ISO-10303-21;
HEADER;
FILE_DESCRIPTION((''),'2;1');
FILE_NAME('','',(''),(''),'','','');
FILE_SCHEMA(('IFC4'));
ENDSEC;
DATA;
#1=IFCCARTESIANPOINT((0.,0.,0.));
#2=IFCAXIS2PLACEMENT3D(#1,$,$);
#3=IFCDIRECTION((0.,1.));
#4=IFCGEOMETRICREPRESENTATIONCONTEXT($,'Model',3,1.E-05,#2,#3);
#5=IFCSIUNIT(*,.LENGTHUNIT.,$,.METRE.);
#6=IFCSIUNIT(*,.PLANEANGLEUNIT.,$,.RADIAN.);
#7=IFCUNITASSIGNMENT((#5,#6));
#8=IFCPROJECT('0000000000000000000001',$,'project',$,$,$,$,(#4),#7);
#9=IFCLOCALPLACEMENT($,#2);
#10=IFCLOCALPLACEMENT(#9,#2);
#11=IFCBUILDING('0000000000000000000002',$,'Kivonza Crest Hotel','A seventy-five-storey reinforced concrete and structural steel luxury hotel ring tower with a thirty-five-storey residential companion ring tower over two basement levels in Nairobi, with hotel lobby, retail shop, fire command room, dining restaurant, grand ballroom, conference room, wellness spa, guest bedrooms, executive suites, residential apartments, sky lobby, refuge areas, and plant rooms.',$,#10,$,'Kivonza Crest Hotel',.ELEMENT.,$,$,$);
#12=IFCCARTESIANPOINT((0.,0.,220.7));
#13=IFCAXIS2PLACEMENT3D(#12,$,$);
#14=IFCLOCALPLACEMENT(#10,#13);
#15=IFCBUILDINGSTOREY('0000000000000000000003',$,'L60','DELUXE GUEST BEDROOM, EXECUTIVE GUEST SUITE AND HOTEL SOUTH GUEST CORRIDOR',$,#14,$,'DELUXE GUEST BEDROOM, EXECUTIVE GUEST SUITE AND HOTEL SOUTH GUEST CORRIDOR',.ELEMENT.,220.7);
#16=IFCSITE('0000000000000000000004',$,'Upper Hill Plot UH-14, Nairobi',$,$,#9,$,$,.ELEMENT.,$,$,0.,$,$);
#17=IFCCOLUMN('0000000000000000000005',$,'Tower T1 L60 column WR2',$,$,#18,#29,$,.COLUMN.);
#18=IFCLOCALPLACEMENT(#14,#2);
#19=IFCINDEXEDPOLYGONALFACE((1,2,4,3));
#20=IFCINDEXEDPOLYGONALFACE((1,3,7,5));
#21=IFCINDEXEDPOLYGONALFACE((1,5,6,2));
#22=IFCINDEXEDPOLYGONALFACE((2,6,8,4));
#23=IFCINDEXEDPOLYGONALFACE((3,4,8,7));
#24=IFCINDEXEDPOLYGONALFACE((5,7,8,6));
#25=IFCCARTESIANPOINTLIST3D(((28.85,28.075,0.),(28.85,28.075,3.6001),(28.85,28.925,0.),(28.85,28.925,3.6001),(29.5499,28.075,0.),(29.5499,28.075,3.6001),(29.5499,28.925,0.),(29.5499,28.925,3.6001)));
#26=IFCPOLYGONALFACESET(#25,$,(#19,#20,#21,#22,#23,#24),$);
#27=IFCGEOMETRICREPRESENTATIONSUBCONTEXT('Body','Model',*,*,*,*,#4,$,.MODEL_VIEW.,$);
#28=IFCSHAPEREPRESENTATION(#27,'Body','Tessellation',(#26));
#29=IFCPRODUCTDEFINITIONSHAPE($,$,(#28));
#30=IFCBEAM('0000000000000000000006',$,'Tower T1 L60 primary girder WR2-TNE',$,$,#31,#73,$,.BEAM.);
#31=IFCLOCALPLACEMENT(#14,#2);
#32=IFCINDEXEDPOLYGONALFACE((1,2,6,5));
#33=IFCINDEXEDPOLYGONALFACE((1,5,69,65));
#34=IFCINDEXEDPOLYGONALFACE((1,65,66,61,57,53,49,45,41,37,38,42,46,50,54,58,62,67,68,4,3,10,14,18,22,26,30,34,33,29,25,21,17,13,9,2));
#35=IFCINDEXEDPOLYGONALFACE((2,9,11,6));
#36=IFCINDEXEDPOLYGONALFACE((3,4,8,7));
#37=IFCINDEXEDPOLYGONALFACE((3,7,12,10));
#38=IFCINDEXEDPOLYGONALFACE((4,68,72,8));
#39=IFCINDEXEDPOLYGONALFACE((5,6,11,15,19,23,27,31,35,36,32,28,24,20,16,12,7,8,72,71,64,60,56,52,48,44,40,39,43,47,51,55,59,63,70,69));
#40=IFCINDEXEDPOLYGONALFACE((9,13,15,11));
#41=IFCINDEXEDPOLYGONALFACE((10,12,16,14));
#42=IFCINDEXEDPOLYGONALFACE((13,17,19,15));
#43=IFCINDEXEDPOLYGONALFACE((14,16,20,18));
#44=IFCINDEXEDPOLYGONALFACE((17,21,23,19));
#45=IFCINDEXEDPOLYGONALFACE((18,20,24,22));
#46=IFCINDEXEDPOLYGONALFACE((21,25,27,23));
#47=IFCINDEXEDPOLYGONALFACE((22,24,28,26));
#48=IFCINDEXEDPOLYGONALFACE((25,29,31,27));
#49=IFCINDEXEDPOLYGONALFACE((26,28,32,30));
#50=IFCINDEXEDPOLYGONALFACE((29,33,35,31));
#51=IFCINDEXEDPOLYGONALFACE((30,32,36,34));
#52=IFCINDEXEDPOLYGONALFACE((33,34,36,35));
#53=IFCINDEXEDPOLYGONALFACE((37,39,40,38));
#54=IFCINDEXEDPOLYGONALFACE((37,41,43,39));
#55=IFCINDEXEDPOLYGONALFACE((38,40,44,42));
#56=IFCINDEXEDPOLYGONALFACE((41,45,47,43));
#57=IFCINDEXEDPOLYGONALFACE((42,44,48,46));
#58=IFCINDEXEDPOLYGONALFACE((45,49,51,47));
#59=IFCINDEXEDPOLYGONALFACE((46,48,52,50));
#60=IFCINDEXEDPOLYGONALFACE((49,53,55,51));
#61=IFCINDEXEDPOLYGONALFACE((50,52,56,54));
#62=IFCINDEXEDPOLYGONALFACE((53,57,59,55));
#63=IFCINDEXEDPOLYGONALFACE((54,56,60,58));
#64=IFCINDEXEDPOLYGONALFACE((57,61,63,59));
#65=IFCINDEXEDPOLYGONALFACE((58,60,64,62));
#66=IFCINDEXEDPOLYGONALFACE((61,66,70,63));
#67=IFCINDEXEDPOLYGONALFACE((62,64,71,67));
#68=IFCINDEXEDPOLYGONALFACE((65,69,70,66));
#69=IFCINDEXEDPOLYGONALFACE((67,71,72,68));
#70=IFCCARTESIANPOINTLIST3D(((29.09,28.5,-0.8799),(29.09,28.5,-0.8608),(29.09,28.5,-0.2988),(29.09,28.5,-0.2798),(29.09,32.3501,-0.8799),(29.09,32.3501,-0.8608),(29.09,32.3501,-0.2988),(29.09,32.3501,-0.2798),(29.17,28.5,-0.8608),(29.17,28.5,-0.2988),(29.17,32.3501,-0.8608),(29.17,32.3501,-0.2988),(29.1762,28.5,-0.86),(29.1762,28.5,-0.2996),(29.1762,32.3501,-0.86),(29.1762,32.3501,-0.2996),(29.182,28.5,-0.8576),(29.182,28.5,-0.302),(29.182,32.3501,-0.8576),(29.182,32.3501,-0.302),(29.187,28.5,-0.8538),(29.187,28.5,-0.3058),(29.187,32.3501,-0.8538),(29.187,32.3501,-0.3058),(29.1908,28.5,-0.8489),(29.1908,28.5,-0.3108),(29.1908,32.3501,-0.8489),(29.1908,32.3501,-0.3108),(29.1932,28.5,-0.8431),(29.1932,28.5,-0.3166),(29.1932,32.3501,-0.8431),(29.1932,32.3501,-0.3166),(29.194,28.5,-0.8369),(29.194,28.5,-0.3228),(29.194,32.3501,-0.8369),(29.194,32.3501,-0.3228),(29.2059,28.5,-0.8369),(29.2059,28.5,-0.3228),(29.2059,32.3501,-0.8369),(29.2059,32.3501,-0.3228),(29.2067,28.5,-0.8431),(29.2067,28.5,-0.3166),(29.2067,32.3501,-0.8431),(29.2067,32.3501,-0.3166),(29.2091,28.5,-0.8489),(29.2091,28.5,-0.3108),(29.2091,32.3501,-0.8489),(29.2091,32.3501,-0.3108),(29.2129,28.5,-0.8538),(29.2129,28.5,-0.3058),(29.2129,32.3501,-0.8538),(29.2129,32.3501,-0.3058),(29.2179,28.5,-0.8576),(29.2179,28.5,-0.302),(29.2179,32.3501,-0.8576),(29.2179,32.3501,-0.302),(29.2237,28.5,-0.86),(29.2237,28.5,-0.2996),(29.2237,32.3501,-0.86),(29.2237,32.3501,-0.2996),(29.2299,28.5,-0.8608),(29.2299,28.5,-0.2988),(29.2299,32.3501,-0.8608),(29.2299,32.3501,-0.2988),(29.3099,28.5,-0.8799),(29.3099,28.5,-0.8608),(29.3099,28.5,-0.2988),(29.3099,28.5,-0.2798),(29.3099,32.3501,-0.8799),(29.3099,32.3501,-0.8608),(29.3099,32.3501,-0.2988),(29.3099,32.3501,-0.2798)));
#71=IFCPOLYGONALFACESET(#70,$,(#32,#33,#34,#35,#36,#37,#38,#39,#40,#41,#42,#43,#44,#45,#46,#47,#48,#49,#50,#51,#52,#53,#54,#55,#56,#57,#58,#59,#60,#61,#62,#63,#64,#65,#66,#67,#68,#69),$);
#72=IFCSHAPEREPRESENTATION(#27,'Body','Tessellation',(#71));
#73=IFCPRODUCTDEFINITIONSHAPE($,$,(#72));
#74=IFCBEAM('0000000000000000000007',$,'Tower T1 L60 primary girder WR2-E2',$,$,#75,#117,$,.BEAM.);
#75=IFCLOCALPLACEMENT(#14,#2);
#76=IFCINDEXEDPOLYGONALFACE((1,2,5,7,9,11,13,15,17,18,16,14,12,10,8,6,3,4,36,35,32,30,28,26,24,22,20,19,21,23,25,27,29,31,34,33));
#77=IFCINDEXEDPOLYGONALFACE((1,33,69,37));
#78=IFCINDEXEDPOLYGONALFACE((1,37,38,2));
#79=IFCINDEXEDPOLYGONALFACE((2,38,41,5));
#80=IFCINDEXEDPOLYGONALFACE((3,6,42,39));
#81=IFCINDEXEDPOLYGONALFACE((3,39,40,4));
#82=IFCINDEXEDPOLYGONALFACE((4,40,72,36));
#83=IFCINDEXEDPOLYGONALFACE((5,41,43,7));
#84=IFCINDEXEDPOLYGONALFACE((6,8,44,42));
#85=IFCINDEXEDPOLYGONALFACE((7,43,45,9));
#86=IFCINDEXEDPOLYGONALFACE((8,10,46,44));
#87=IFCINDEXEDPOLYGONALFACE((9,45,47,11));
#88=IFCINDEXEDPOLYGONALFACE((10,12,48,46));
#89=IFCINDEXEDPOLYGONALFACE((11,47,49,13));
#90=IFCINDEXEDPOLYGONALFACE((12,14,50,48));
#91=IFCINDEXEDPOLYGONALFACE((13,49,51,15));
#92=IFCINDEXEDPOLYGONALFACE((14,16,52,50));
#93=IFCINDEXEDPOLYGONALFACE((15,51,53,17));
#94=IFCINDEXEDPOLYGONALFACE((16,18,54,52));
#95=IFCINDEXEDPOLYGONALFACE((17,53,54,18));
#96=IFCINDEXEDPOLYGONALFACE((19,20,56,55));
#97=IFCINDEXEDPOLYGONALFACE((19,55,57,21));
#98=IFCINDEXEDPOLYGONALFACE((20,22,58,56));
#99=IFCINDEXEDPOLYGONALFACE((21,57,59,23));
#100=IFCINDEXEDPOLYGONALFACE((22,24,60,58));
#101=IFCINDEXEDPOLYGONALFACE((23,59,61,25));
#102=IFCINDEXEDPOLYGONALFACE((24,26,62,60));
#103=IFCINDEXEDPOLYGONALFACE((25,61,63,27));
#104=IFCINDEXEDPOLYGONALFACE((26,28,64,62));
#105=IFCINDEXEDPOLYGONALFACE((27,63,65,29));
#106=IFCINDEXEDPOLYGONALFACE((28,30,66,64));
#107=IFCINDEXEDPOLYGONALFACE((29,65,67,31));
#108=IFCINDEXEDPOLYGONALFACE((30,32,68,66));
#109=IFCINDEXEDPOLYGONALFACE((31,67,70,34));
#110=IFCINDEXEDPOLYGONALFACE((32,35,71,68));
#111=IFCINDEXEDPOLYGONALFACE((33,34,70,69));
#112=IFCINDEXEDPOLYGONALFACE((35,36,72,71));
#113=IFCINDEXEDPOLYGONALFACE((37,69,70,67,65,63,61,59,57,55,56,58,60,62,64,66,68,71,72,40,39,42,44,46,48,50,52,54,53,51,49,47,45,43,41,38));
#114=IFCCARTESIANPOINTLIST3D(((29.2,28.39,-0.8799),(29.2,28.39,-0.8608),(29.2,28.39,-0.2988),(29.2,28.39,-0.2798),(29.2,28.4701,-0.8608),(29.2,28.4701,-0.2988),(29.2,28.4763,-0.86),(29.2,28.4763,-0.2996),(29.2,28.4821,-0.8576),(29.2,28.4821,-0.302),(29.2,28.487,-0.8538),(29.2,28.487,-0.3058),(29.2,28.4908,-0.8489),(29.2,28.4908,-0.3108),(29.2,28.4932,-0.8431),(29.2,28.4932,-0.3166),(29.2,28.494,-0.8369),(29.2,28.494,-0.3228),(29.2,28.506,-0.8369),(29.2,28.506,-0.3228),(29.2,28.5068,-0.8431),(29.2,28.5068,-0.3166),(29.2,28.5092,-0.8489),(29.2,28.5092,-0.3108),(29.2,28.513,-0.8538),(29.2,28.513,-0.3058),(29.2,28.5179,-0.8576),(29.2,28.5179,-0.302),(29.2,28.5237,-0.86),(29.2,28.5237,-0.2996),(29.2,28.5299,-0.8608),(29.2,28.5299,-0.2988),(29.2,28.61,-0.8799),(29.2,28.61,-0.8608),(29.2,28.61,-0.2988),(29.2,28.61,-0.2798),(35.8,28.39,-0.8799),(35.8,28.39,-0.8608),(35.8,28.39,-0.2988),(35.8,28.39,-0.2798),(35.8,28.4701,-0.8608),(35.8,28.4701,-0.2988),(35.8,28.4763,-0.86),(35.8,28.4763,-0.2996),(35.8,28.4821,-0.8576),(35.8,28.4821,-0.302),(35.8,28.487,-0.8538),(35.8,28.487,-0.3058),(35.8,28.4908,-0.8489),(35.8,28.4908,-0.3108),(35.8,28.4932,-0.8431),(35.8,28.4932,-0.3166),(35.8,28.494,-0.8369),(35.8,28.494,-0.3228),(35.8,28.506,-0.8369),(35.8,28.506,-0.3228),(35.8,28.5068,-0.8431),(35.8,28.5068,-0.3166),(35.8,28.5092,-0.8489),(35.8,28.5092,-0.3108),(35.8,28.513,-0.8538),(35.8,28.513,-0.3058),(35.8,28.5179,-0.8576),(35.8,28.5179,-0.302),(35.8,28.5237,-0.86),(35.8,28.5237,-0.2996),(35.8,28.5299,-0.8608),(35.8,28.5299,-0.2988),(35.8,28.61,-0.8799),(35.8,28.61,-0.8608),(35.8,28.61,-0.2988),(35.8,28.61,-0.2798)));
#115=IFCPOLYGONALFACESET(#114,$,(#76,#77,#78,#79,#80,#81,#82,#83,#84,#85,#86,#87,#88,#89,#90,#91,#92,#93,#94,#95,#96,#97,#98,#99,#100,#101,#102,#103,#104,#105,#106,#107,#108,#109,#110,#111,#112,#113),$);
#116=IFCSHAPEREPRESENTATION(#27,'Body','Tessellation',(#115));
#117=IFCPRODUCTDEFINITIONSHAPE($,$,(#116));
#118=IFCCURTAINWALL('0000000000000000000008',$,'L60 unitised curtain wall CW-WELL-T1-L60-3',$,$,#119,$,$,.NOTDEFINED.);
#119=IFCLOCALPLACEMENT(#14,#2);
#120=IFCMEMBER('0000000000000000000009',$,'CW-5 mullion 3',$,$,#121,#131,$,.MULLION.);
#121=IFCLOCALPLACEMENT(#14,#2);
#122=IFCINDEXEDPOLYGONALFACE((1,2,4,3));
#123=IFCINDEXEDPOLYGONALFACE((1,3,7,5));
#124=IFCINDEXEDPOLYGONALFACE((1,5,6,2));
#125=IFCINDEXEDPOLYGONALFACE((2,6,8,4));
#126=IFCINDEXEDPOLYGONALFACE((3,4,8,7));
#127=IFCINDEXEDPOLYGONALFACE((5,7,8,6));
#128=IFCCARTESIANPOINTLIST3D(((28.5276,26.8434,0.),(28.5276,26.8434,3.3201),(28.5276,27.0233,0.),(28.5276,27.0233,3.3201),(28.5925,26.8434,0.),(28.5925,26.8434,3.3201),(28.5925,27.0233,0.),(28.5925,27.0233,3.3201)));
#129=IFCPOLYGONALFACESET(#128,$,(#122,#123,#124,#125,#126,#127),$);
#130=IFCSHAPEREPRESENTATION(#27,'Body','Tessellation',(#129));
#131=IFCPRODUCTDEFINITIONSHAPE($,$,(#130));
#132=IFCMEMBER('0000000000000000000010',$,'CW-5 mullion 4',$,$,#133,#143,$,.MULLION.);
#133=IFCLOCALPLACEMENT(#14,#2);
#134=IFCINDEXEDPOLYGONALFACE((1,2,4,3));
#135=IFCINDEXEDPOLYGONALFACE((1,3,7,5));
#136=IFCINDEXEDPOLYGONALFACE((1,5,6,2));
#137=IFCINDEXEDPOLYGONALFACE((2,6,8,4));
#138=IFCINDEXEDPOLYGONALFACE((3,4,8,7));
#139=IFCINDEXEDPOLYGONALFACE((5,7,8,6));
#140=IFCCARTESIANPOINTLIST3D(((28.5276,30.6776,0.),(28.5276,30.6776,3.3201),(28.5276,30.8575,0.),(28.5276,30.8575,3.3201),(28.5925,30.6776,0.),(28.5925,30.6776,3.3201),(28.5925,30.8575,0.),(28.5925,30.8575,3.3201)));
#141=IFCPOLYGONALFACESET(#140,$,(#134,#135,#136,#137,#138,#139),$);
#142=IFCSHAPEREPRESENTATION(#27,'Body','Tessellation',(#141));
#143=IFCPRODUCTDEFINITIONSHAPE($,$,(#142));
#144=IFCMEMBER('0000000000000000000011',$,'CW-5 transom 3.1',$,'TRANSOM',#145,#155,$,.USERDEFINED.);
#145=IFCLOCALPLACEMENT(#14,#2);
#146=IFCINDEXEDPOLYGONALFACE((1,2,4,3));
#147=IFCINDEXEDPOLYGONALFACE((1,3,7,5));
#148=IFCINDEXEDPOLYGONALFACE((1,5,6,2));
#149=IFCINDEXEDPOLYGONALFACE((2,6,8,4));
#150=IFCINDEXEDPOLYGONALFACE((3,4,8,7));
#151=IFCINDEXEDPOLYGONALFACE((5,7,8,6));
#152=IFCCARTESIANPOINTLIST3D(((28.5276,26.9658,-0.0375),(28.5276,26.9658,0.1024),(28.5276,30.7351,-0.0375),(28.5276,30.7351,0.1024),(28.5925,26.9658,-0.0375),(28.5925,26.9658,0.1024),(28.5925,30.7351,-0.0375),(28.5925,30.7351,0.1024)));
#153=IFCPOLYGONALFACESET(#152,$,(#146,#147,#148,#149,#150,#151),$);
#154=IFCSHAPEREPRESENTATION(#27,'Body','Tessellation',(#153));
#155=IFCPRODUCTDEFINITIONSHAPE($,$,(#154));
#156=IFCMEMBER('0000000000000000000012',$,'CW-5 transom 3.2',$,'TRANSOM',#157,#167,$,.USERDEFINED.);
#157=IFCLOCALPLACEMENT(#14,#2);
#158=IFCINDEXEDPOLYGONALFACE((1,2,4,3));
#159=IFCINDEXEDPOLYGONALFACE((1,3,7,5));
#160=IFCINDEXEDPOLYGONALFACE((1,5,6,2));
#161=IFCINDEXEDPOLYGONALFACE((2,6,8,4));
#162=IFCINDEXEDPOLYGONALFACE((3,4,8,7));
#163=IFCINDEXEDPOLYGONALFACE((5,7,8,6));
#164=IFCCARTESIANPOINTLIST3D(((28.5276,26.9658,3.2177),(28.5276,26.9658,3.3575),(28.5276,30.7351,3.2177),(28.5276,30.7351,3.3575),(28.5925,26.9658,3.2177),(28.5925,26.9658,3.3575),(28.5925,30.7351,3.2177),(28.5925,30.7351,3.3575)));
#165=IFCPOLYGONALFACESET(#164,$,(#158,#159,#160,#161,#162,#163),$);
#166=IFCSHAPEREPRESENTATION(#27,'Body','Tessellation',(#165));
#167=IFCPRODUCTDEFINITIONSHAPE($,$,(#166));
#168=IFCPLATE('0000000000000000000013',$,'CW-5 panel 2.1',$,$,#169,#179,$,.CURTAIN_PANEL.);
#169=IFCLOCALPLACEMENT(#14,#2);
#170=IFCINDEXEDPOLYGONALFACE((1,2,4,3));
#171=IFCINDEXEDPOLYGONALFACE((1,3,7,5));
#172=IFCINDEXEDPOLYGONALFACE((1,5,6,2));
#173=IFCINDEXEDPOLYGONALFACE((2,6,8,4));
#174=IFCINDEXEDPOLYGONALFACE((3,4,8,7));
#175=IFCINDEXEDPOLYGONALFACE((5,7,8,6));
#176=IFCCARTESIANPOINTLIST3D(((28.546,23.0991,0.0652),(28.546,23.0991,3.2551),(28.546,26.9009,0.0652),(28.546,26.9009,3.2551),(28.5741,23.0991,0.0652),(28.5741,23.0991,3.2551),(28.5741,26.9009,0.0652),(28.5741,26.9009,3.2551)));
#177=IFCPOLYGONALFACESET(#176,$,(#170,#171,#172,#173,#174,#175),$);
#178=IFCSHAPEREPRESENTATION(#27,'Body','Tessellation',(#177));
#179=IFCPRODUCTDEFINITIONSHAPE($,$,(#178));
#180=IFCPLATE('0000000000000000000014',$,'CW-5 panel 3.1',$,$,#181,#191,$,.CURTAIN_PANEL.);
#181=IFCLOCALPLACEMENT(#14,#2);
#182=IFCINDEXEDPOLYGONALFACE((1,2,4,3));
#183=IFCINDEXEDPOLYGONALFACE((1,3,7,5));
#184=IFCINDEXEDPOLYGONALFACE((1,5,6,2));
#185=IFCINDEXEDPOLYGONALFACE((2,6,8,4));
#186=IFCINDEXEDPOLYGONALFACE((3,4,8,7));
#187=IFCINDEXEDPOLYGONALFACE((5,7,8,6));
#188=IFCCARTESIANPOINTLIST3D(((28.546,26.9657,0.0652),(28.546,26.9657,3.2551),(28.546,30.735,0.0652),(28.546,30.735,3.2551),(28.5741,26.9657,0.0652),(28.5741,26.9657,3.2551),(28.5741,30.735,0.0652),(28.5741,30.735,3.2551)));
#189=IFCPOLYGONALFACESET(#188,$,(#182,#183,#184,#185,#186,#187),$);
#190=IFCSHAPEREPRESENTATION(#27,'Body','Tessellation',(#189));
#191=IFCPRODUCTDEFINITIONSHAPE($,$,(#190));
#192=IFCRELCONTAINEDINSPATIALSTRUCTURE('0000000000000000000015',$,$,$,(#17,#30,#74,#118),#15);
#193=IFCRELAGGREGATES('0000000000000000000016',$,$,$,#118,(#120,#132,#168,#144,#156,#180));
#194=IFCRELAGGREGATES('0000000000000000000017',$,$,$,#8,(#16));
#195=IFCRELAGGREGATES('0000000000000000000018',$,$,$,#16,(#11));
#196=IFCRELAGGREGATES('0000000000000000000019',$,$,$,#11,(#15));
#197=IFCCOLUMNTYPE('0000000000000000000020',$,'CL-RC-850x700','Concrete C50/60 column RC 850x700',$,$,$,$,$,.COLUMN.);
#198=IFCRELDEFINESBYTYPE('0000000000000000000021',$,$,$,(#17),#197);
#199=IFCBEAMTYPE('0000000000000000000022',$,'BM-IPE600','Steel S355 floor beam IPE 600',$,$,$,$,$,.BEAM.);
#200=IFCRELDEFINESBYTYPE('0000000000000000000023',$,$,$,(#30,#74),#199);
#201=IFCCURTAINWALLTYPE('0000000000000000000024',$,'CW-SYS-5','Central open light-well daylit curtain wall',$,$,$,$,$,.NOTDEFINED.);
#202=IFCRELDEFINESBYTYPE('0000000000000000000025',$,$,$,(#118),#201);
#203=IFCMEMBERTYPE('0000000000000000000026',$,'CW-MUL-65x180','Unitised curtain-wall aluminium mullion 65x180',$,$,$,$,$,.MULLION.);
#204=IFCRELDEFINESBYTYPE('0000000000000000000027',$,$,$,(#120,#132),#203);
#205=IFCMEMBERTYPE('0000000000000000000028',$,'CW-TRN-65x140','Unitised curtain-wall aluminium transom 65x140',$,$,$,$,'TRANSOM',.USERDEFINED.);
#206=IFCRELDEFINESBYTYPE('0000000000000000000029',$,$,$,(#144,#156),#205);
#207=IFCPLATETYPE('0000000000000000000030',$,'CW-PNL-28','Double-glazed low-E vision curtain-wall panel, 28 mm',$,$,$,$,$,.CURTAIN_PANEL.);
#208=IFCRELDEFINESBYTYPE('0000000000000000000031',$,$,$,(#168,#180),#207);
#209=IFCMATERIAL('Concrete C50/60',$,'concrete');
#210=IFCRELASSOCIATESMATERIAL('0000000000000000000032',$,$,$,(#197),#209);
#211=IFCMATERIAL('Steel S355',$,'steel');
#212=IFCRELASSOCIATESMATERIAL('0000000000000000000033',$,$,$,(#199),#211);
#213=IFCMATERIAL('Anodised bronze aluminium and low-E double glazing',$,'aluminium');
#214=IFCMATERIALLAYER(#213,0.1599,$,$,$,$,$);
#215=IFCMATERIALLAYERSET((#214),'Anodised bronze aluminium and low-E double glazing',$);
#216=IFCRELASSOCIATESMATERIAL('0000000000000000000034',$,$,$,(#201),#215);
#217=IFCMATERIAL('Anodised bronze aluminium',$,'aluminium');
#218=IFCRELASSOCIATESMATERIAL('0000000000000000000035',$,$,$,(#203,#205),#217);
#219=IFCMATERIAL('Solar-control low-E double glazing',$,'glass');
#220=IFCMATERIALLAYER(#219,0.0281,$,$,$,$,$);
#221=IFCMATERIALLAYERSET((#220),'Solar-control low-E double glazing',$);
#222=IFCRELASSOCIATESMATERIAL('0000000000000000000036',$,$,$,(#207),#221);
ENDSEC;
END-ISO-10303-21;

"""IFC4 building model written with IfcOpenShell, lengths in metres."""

from ifc_helpers import new_model, si_unit, direction, frame, origin, origin_2d, place, context, subcontext, project, spatial, rectangle, i_section, extrude, material, layer, layer_set, material_profile, profile_set, type_object, element, aggregate, save


model = new_model("IFC4")

# Units and contexts
model_context = context("Model", 3, precision=1e-05, world=origin(), true_north=direction((0.0, 1.0)))
body_context = subcontext(model_context, "Body", "Model", "MODEL_VIEW")
ifc_project = project(units=[si_unit("LENGTHUNIT", "METRE"), si_unit("PLANEANGLEUNIT", "RADIAN")], contexts=[model_context])

# Site, building, storey
site_placement = place(None, origin())
site = spatial("IfcSite", under=ifc_project, at=site_placement, Name="Upper Hill Plot UH-14, Nairobi", CompositionType="ELEMENT", RefElevation=0.0)
building_placement = place(site_placement, origin())
building = spatial("IfcBuilding", under=site, at=building_placement, Name="Kivonza Crest Hotel", Description="A seventy-five-storey reinforced concrete and structural steel luxury hotel ring tower with a thirty-five-storey residential companion ring tower over two basement levels in Nairobi, with hotel lobby, retail shop, fire command room, dining restaurant, grand ballroom, conference room, wellness spa, guest bedrooms, executive suites, residential apartments, sky lobby, refuge areas, and plant rooms.", LongName="Kivonza Crest Hotel", CompositionType="ELEMENT")
storey_placement = place(building_placement, frame((0.0, 0.0, 220.7)))
storey = spatial("IfcBuildingStorey", under=building, at=storey_placement, Name="L60", Description="DELUXE GUEST BEDROOM, EXECUTIVE GUEST SUITE AND HOTEL SOUTH GUEST CORRIDOR", LongName="DELUXE GUEST BEDROOM, EXECUTIVE GUEST SUITE AND HOTEL SOUTH GUEST CORRIDOR", CompositionType="ELEMENT", Elevation=220.7)

# Column
ifc_material_1 = material(Name="Concrete C50/60", Category="concrete")
ifc_material_profile_1 = material_profile(ifc_material_1, rectangle(XDim=0.7, YDim=0.8501, at=origin_2d()), Name="RC 850x700")
ifc_profile_set_1 = profile_set([ifc_material_profile_1], Name="Concrete C50/60")
column_type = type_object("IfcColumnType", Name="CL-RC-850x700", Description="Concrete C50/60 column RC 850x700", PredefinedType="COLUMN", material=ifc_profile_set_1)
column_placement = place(storey_placement, frame((29.2, 28.5, 0.0), z_axis=(0.0, 0.0, 1.0), x_axis=(1.0, 0.0, 0.0)))
element("IfcColumn", 1, at=column_placement, inside=storey, type_object=column_type, Name="Tower T1 L60 column WR2", PredefinedType="COLUMN", context=body_context, shape_type="SweptSolid", body=[
    extrude(rectangle(XDim=0.7, YDim=0.8501, at=origin_2d()), origin(), (0.0, 0.0, 1.0), 3.6001),
])

# Beams
ifc_material_2 = material(Name="Steel S355", Category="steel")
ifc_material_profile_2 = material_profile(ifc_material_2, i_section(OverallWidth=0.22, OverallDepth=0.6001, WebThickness=0.012, FlangeThickness=0.019, FilletRadius=0.0239, at=origin_2d()), Name="IPE 600")
ifc_profile_set_2 = profile_set([ifc_material_profile_2], Name="Steel S355")
beam_type = type_object("IfcBeamType", Name="BM-IPE600", Description="Steel S355 floor beam IPE 600", PredefinedType="BEAM", material=ifc_profile_set_2)
beam_1_placement = place(storey_placement, frame((29.2, 28.5, -0.5798), z_axis=(0.0, 1.0, 0.0), x_axis=(-1.0, 0.0, 0.0)))
element("IfcBeam", 2, at=beam_1_placement, inside=storey, type_object=beam_type, Name="Tower T1 L60 primary girder WR2-TNE", PredefinedType="BEAM", context=body_context, shape_type="SweptSolid", body=[
    extrude(i_section(OverallWidth=0.22, OverallDepth=0.6001, WebThickness=0.012, FlangeThickness=0.019, FilletRadius=0.0239, at=origin_2d()), origin(), (0.0, 0.0, 1.0), 3.8501),
])
beam_2_placement = place(storey_placement, frame((29.2, 28.5, -0.5798), z_axis=(1.0, 0.0, 0.0), x_axis=(0.0, 1.0, 0.0)))
element("IfcBeam", 3, at=beam_2_placement, inside=storey, type_object=beam_type, Name="Tower T1 L60 primary girder WR2-E2", PredefinedType="BEAM", context=body_context, shape_type="SweptSolid", body=[
    extrude(i_section(OverallWidth=0.22, OverallDepth=0.6001, WebThickness=0.012, FlangeThickness=0.019, FilletRadius=0.0239, at=origin_2d()), origin(), (0.0, 0.0, 1.0), 6.6001),
])

# Curtain wall, members, plates
ifc_material_3 = material(Name="Anodised bronze aluminium and low-E double glazing", Category="aluminium")
ifc_layer_1 = layer(ifc_material_3, 0.1599)
ifc_layer_set_1 = layer_set([ifc_layer_1], Name="Anodised bronze aluminium and low-E double glazing")
curtain_wall_type = type_object("IfcCurtainWallType", Name="CW-SYS-5", Description="Central open light-well daylit curtain wall", PredefinedType="NOTDEFINED", material=ifc_layer_set_1)
curtain_wall_placement = place(storey_placement, origin())
curtain_wall = element("IfcCurtainWall", 4, at=curtain_wall_placement, inside=storey, type_object=curtain_wall_type, Name="L60 unitised curtain wall CW-WELL-T1-L60-3", PredefinedType="NOTDEFINED")
ifc_material_4 = material(Name="Anodised bronze aluminium", Category="aluminium")
ifc_material_profile_3 = material_profile(ifc_material_4, rectangle(XDim=0.0649, YDim=0.1799, at=origin_2d()), Name="CW-M 65x180")
ifc_profile_set_3 = profile_set([ifc_material_profile_3], Name="Anodised bronze aluminium")
member_type_1 = type_object("IfcMemberType", Name="CW-MUL-65x180", Description="Unitised curtain-wall aluminium mullion 65x180", PredefinedType="MULLION", material=ifc_profile_set_3)
member_1_placement = place(storey_placement, frame((28.5601, 26.9333, 0.0), z_axis=(0.0, 0.0, 1.0), x_axis=(-1.0, 0.0, 0.0)))
member_1 = element("IfcMember", 5, at=member_1_placement, type_object=member_type_1, Name="CW-5 mullion 3", PredefinedType="MULLION", context=body_context, shape_type="SweptSolid", body=[
    extrude(rectangle(XDim=0.0649, YDim=0.1799, at=origin_2d()), origin(), (0.0, 0.0, 1.0), 3.3201),
])
member_2_placement = place(storey_placement, frame((28.5601, 30.7676, 0.0), z_axis=(0.0, 0.0, 1.0), x_axis=(-1.0, 0.0, 0.0)))
member_2 = element("IfcMember", 6, at=member_2_placement, type_object=member_type_1, Name="CW-5 mullion 4", PredefinedType="MULLION", context=body_context, shape_type="SweptSolid", body=[
    extrude(rectangle(XDim=0.0649, YDim=0.1799, at=origin_2d()), origin(), (0.0, 0.0, 1.0), 3.3201),
])
ifc_material_profile_4 = material_profile(ifc_material_4, rectangle(XDim=0.0649, YDim=0.1399, at=origin_2d()), Name="CW-T 65x140")
ifc_profile_set_4 = profile_set([ifc_material_profile_4], Name="Anodised bronze aluminium")
member_type_2 = type_object("IfcMemberType", Name="CW-TRN-65x140", Description="Unitised curtain-wall aluminium transom 65x140", ElementType="TRANSOM", PredefinedType="USERDEFINED", material=ifc_profile_set_4)
member_3_placement = place(storey_placement, frame((28.5601, 26.9658, 0.0325), z_axis=(0.0, 1.0, 0.0), x_axis=(-1.0, 0.0, 0.0)))
member_3 = element("IfcMember", 7, at=member_3_placement, type_object=member_type_2, Name="CW-5 transom 3.1", ObjectType="TRANSOM", PredefinedType="USERDEFINED", context=body_context, shape_type="SweptSolid", body=[
    extrude(rectangle(XDim=0.0649, YDim=0.1399, at=origin_2d()), origin(), (0.0, 0.0, 1.0), 3.7693),
])
member_4_placement = place(storey_placement, frame((28.5601, 26.9658, 3.2876), z_axis=(0.0, 1.0, 0.0), x_axis=(-1.0, 0.0, 0.0)))
member_4 = element("IfcMember", 8, at=member_4_placement, type_object=member_type_2, Name="CW-5 transom 3.2", ObjectType="TRANSOM", PredefinedType="USERDEFINED", context=body_context, shape_type="SweptSolid", body=[
    extrude(rectangle(XDim=0.0649, YDim=0.1399, at=origin_2d()), origin(), (0.0, 0.0, 1.0), 3.7693),
])
ifc_material_5 = material(Name="Solar-control low-E double glazing", Category="glass")
ifc_layer_2 = layer(ifc_material_5, 0.0281)
ifc_layer_set_2 = layer_set([ifc_layer_2], Name="Solar-control low-E double glazing")
plate_type = type_object("IfcPlateType", Name="CW-PNL-28", Description="Double-glazed low-E vision curtain-wall panel, 28 mm", PredefinedType="CURTAIN_PANEL", material=ifc_layer_set_2)
plate_1_placement = place(storey_placement, frame((28.5601, 25.0, 0.0652), z_axis=(0.0, 0.0, 1.0), x_axis=(0.0, 1.0, 0.0)))
plate_1 = element("IfcPlate", 9, at=plate_1_placement, type_object=plate_type, Name="CW-5 panel 2.1", PredefinedType="CURTAIN_PANEL", context=body_context, shape_type="SweptSolid", body=[
    extrude(rectangle(XDim=3.8018, YDim=0.0281, at=origin_2d()), origin(), (0.0, 0.0, 1.0), 3.1899),
])
plate_2_placement = place(storey_placement, frame((28.5601, 28.8503, 0.0652), z_axis=(0.0, 0.0, 1.0), x_axis=(0.0, 1.0, 0.0)))
plate_2 = element("IfcPlate", 10, at=plate_2_placement, type_object=plate_type, Name="CW-5 panel 3.1", PredefinedType="CURTAIN_PANEL", context=body_context, shape_type="SweptSolid", body=[
    extrude(rectangle(XDim=3.7693, YDim=0.0281, at=origin_2d()), origin(), (0.0, 0.0, 1.0), 3.1899),
])
aggregate(curtain_wall, [member_1, member_2, plate_1, member_3, member_4, plate_2])

save(model, "model.ifc")
